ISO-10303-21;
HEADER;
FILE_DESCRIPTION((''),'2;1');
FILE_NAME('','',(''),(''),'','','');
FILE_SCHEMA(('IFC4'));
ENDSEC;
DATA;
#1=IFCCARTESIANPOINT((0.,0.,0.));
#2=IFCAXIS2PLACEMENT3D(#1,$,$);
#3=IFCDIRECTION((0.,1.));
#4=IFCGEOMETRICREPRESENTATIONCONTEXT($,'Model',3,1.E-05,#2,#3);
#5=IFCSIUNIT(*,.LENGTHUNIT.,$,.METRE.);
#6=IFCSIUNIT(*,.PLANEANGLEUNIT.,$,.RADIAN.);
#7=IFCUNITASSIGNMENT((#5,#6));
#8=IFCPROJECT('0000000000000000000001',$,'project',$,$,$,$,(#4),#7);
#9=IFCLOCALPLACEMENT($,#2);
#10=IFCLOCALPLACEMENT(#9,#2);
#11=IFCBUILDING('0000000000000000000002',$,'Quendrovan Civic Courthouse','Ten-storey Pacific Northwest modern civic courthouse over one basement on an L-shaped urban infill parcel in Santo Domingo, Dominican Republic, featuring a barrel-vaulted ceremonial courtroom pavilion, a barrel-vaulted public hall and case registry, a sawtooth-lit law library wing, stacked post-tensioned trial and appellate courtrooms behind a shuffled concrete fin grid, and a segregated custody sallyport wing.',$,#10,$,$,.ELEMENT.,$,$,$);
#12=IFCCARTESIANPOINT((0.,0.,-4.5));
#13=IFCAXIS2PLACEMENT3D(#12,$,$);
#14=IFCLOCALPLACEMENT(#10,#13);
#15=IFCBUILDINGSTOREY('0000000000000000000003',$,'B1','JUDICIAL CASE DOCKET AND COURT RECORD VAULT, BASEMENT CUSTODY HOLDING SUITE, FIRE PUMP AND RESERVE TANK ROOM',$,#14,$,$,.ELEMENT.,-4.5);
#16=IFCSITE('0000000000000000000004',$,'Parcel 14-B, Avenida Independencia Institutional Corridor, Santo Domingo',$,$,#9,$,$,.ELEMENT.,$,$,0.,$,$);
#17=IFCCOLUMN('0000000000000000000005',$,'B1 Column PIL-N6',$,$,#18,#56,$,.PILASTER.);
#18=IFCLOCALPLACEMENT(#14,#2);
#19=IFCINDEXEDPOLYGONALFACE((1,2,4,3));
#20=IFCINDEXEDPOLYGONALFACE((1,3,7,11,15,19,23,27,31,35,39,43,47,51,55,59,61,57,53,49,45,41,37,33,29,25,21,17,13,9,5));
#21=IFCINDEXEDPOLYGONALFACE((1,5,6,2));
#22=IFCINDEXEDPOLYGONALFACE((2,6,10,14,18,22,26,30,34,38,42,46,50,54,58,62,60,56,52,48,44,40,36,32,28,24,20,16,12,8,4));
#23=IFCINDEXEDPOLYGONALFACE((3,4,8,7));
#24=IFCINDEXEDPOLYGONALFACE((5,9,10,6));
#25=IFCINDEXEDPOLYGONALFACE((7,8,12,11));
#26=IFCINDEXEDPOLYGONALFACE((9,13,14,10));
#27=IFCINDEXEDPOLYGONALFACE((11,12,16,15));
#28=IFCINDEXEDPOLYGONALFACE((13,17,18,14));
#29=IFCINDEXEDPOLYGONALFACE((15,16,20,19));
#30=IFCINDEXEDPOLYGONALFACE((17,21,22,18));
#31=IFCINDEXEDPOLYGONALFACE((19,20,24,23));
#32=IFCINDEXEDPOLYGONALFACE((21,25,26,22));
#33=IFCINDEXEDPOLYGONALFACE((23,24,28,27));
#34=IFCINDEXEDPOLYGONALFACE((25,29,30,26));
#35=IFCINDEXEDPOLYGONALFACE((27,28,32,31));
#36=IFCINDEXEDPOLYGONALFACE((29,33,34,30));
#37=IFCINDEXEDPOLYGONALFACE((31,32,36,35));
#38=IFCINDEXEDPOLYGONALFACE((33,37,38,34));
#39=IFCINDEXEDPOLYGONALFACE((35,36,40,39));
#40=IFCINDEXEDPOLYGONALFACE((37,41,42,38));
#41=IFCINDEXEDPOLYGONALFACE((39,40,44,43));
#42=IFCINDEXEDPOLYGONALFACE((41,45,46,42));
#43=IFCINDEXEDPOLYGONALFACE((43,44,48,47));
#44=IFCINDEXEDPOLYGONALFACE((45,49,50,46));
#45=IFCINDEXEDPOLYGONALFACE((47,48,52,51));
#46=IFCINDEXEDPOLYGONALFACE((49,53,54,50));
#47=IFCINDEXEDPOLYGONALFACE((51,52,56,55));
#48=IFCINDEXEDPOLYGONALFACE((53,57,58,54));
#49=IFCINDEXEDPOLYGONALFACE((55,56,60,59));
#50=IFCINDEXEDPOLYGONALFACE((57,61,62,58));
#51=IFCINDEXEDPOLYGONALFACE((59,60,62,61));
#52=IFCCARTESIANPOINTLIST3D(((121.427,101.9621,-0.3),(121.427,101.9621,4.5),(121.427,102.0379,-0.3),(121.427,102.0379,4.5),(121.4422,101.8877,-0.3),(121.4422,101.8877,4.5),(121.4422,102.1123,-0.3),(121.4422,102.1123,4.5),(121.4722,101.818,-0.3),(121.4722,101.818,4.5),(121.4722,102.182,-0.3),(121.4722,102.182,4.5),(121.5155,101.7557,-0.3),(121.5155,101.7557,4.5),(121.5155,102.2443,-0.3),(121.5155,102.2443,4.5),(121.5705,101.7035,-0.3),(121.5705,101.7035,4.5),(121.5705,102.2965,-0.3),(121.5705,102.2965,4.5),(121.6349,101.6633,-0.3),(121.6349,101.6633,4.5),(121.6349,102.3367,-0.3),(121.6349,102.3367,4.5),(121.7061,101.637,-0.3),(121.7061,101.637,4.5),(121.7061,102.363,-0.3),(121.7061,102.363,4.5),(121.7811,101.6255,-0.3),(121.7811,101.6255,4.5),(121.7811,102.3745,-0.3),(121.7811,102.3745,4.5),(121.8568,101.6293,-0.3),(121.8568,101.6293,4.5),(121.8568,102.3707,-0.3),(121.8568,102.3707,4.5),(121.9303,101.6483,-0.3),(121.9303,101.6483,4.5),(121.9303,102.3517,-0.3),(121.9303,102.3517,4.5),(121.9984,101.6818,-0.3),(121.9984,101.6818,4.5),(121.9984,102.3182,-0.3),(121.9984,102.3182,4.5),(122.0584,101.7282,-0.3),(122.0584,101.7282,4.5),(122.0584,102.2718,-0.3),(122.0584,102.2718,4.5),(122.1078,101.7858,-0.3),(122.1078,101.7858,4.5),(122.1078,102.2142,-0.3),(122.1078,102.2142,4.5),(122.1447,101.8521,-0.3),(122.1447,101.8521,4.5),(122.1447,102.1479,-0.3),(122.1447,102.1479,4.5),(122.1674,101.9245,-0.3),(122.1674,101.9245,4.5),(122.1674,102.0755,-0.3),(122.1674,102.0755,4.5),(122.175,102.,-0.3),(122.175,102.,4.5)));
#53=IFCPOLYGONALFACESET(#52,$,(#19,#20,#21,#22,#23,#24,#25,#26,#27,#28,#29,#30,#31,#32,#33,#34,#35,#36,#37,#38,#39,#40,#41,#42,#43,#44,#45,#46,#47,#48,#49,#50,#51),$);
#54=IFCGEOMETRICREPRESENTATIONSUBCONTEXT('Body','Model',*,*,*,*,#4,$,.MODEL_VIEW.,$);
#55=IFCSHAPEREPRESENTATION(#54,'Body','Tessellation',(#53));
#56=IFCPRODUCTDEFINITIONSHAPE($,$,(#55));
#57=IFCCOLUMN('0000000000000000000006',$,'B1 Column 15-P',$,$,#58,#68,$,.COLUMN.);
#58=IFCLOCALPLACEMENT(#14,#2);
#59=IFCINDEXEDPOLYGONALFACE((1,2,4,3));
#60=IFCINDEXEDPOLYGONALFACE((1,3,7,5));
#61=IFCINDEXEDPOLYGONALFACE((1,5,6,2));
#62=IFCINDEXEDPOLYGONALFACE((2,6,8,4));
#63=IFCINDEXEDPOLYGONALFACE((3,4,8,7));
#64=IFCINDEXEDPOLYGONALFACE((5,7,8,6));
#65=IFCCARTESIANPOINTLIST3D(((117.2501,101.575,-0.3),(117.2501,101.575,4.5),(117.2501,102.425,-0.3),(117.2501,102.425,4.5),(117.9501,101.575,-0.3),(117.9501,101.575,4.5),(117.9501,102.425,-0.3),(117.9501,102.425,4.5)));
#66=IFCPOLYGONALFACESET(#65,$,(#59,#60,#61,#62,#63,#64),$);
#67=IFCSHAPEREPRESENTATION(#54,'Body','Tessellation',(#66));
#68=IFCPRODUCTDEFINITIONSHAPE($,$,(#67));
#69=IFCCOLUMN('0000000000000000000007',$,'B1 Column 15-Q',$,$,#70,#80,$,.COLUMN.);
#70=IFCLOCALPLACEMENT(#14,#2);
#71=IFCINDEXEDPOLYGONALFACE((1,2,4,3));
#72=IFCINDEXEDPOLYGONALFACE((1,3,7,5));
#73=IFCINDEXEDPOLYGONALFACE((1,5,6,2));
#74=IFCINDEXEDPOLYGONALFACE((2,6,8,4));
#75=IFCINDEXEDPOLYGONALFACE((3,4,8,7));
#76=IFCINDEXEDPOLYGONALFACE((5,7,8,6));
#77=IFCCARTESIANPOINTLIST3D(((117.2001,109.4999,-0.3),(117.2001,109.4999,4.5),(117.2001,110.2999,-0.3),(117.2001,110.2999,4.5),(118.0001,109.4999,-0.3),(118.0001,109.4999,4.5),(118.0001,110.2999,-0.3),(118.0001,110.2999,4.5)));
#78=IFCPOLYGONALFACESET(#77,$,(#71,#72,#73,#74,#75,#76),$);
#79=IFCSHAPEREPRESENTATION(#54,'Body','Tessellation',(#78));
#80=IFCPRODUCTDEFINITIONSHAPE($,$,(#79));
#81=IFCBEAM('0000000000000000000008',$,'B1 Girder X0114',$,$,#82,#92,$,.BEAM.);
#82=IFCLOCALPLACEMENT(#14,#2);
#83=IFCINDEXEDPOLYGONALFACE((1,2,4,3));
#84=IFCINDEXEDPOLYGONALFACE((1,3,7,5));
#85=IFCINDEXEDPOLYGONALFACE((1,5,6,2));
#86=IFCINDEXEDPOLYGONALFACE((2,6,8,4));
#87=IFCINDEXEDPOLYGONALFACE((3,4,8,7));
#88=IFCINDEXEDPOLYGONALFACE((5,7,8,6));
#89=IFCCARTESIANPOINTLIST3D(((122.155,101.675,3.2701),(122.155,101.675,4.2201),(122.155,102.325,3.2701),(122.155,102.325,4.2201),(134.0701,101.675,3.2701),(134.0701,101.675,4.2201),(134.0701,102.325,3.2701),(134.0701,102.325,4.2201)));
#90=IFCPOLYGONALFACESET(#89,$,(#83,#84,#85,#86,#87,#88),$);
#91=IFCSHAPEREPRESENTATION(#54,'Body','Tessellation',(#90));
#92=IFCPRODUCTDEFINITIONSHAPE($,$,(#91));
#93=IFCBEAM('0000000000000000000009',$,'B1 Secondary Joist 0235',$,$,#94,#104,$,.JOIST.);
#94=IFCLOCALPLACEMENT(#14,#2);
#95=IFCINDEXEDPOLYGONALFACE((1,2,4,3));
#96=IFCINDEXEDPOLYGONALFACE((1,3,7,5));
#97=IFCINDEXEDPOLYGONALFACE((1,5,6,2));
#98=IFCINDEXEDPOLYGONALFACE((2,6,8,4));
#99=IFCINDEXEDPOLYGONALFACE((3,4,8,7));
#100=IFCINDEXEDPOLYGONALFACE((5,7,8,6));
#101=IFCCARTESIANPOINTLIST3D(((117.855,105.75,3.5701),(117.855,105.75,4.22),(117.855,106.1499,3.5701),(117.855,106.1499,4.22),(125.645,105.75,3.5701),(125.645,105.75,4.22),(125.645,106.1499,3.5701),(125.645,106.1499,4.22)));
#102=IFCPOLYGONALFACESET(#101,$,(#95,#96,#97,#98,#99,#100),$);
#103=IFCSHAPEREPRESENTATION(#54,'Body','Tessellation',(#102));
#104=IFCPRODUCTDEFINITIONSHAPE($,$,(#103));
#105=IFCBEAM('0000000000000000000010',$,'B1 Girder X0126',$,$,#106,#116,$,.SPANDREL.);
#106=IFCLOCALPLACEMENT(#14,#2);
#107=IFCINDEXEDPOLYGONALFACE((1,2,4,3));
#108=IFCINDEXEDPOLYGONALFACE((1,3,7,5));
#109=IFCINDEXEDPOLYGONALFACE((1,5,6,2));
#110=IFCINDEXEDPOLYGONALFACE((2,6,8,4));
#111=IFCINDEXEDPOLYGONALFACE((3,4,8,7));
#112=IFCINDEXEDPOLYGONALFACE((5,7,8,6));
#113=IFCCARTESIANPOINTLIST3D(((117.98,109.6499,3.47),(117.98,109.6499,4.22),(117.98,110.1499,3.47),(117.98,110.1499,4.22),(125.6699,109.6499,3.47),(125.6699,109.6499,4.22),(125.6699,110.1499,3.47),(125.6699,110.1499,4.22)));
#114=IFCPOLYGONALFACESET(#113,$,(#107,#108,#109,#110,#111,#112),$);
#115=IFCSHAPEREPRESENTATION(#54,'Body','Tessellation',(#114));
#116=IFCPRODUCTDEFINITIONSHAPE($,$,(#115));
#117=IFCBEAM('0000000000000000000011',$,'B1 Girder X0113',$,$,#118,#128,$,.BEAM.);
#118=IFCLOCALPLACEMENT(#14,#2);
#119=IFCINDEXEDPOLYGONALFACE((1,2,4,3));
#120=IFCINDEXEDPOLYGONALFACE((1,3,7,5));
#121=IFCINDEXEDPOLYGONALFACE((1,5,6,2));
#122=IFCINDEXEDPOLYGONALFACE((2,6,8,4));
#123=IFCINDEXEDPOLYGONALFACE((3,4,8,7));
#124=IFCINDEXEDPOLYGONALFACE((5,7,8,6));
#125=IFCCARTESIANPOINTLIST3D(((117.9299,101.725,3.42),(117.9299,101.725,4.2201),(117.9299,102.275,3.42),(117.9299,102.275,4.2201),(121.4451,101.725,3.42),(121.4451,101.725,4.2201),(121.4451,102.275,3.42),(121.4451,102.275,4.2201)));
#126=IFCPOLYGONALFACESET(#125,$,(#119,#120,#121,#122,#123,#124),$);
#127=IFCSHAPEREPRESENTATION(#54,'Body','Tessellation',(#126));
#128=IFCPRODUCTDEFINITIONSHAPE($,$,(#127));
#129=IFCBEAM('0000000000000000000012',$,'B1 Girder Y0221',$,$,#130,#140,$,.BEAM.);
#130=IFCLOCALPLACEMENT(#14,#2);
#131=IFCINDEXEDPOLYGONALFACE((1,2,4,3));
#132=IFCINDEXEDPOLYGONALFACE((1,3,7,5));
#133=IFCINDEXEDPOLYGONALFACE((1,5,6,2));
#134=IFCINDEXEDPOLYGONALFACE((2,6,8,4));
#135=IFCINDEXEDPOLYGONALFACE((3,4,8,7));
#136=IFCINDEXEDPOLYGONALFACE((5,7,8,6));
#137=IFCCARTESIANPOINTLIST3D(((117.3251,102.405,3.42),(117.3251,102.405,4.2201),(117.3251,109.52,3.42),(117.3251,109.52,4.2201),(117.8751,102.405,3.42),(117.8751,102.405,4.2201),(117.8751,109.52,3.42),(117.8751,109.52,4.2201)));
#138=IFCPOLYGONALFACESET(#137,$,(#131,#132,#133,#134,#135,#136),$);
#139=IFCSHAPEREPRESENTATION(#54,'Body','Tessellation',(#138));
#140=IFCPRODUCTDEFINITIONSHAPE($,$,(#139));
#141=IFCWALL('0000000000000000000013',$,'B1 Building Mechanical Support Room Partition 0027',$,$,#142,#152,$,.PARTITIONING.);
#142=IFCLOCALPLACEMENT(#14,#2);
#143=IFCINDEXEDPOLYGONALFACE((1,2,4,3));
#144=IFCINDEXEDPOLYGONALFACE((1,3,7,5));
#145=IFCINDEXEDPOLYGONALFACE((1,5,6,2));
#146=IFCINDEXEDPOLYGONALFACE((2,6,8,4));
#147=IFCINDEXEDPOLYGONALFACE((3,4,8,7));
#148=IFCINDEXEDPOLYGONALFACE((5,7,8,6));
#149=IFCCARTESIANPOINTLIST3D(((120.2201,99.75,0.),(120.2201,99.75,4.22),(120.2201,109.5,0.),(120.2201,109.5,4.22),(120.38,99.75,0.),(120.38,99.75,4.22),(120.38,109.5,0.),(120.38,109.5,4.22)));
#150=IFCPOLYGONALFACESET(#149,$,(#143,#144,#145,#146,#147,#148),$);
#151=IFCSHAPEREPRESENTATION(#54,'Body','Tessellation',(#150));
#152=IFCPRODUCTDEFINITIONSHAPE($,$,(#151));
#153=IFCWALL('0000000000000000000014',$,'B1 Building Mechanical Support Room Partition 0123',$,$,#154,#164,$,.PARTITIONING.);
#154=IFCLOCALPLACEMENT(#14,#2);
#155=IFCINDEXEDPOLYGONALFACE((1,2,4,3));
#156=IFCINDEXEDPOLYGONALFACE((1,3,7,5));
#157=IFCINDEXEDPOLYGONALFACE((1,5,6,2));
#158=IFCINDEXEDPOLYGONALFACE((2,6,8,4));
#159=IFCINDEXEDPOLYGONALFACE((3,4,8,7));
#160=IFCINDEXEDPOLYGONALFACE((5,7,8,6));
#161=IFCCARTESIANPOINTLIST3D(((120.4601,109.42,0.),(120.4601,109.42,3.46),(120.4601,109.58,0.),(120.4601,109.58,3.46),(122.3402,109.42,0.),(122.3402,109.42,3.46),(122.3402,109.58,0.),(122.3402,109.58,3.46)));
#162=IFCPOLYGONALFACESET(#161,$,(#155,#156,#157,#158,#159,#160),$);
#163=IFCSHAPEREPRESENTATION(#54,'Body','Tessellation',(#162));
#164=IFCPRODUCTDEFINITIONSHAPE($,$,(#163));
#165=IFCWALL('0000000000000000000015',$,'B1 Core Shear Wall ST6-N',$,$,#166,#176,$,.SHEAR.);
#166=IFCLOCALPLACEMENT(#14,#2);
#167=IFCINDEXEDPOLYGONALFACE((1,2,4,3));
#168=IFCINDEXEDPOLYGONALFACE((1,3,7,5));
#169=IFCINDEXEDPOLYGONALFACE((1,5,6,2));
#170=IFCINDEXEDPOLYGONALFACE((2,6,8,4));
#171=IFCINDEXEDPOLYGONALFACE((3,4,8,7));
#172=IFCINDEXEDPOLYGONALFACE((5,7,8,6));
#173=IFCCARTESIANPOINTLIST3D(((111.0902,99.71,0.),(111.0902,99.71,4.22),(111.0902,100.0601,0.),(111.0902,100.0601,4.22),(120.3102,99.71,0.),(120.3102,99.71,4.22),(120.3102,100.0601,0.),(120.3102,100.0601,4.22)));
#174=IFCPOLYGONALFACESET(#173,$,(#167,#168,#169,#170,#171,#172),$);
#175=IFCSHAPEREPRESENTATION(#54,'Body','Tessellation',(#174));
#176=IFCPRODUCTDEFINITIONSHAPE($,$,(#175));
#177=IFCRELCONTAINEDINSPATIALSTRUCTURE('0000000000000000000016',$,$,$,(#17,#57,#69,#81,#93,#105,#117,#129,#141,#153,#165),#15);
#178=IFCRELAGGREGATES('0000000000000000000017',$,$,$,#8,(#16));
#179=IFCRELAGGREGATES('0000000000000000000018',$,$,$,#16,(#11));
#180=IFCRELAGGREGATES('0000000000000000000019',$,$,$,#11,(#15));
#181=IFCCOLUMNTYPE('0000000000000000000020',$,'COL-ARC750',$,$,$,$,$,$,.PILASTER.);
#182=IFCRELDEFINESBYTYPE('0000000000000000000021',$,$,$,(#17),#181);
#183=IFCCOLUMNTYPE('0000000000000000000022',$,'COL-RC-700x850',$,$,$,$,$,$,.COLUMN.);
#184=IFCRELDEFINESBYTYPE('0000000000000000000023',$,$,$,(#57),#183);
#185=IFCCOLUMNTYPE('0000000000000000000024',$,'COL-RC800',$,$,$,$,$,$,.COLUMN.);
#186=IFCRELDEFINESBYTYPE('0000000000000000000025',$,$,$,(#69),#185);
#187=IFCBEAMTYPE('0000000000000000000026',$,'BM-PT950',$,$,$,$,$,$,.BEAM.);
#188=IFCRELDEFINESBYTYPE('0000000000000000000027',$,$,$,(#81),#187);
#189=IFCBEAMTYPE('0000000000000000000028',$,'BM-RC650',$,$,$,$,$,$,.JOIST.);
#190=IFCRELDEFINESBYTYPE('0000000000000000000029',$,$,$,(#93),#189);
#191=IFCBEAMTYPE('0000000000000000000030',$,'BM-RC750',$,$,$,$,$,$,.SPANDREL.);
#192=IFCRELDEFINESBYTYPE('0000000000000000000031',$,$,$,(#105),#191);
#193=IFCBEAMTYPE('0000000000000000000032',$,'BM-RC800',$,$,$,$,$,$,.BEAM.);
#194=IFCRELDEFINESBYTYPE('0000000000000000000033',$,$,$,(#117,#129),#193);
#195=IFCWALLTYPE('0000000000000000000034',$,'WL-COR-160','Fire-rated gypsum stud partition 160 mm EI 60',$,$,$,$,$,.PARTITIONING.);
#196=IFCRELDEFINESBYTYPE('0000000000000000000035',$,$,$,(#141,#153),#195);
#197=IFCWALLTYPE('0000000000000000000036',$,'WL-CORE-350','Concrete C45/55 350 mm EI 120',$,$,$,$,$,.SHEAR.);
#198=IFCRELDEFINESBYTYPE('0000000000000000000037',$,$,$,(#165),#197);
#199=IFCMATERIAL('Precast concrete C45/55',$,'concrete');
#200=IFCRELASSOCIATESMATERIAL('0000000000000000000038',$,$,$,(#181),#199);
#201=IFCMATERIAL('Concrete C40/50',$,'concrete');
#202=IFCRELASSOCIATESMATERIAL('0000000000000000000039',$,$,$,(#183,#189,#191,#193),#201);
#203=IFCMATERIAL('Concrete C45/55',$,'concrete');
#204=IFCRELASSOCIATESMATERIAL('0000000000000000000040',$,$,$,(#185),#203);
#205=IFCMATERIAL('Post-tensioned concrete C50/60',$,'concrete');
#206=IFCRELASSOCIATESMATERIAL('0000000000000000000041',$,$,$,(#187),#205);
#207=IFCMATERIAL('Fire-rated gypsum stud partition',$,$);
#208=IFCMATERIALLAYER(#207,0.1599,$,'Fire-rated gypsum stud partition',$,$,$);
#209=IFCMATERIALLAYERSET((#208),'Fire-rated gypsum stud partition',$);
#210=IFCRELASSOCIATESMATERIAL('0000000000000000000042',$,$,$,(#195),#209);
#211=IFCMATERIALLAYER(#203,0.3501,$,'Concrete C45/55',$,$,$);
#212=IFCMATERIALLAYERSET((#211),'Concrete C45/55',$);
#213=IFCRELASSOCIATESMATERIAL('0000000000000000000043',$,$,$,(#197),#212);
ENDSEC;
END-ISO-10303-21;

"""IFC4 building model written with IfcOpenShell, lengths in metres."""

from ifc_helpers import new_model, si_unit, direction, frame, frame_2d, origin, origin_2d, place, context, subcontext, project, spatial, rectangle, circle, extrude, material, layer, layer_set, material_profile, profile_set, type_object, element, save


model = new_model("IFC4")

# Units and contexts
model_context = context("Model", 3, precision=1e-05, world=origin(), true_north=direction((0.0, 1.0)))
body_context = subcontext(model_context, "Body", "Model", "MODEL_VIEW")
ifc_project = project(units=[si_unit("LENGTHUNIT", "METRE"), si_unit("PLANEANGLEUNIT", "RADIAN")], contexts=[model_context])

# Site, building, storey
site_placement = place(None, origin())
site = spatial("IfcSite", under=ifc_project, at=site_placement, Name="Parcel 14-B, Avenida Independencia Institutional Corridor, Santo Domingo", CompositionType="ELEMENT", RefElevation=0.0)
building_placement = place(site_placement, origin())
building = spatial("IfcBuilding", under=site, at=building_placement, Name="Quendrovan Civic Courthouse", Description="Ten-storey Pacific Northwest modern civic courthouse over one basement on an L-shaped urban infill parcel in Santo Domingo, Dominican Republic, featuring a barrel-vaulted ceremonial courtroom pavilion, a barrel-vaulted public hall and case registry, a sawtooth-lit law library wing, stacked post-tensioned trial and appellate courtrooms behind a shuffled concrete fin grid, and a segregated custody sallyport wing.", CompositionType="ELEMENT")
storey_placement = place(building_placement, frame((0.0, 0.0, -4.5)))
storey = spatial("IfcBuildingStorey", under=building, at=storey_placement, Name="B1", Description="JUDICIAL CASE DOCKET AND COURT RECORD VAULT, BASEMENT CUSTODY HOLDING SUITE, FIRE PUMP AND RESERVE TANK ROOM", CompositionType="ELEMENT", Elevation=-4.5)

# Columns
ifc_material_1 = material(Name="Precast concrete C45/55", Category="concrete")
ifc_material_profile_1 = material_profile(ifc_material_1, circle(Radius=0.375, at=origin_2d()), Name="RC-ARCADE-D750")
ifc_profile_set_1 = profile_set([ifc_material_profile_1], Name="Precast concrete C45/55")
column_type_1 = type_object("IfcColumnType", Name="COL-ARC750", PredefinedType="PILASTER", material=ifc_profile_set_1)
column_1_placement = place(storey_placement, frame((121.8, 102.0, -0.3), z_axis=(0.0, 0.0, 1.0), x_axis=(1.0, 0.0, 0.0)))
element("IfcColumn", 1, at=column_1_placement, inside=storey, type_object=column_type_1, Name="B1 Column PIL-N6", PredefinedType="PILASTER", context=body_context, shape_type="SweptSolid", body=[
    extrude(circle(Radius=0.375, at=origin_2d()), origin(), (0.0, 0.0, 1.0), 4.8),
])
ifc_material_2 = material(Name="Concrete C40/50", Category="concrete")
ifc_material_profile_2 = material_profile(ifc_material_2, rectangle(XDim=0.7, YDim=0.8501, at=origin_2d()), Name="RC-COL-700x850")
ifc_profile_set_2 = profile_set([ifc_material_profile_2], Name="Concrete C40/50")
column_type_2 = type_object("IfcColumnType", Name="COL-RC-700x850", PredefinedType="COLUMN", material=ifc_profile_set_2)
column_2_placement = place(storey_placement, frame((117.6001, 102.0, -0.3), z_axis=(0.0, 0.0, 1.0), x_axis=(1.0, 0.0, 0.0)))
element("IfcColumn", 2, at=column_2_placement, inside=storey, type_object=column_type_2, Name="B1 Column 15-P", PredefinedType="COLUMN", context=body_context, shape_type="SweptSolid", body=[
    extrude(rectangle(XDim=0.7, YDim=0.8501, at=origin_2d()), origin(), (0.0, 0.0, 1.0), 4.8),
])
ifc_material_3 = material(Name="Concrete C45/55", Category="concrete")
ifc_material_profile_3 = material_profile(ifc_material_3, rectangle(XDim=0.8, YDim=0.8, at=origin_2d()), Name="RC-COL-800x800")
ifc_profile_set_3 = profile_set([ifc_material_profile_3], Name="Concrete C45/55")
column_type_3 = type_object("IfcColumnType", Name="COL-RC800", PredefinedType="COLUMN", material=ifc_profile_set_3)
column_3_placement = place(storey_placement, frame((117.6001, 109.8999, -0.3), z_axis=(0.0, 0.0, 1.0), x_axis=(1.0, 0.0, 0.0)))
element("IfcColumn", 3, at=column_3_placement, inside=storey, type_object=column_type_3, Name="B1 Column 15-Q", PredefinedType="COLUMN", context=body_context, shape_type="SweptSolid", body=[
    extrude(rectangle(XDim=0.8, YDim=0.8, at=origin_2d()), origin(), (0.0, 0.0, 1.0), 4.8),
])

# Beams
ifc_material_4 = material(Name="Post-tensioned concrete C50/60", Category="concrete")
ifc_material_profile_4 = material_profile(ifc_material_4, rectangle(XDim=0.6499, YDim=0.95, at=origin_2d()), Name="PT-GIRD-650x950")
ifc_profile_set_4 = profile_set([ifc_material_profile_4], Name="Post-tensioned concrete C50/60")
beam_type_1 = type_object("IfcBeamType", Name="BM-PT950", PredefinedType="BEAM", material=ifc_profile_set_4)
beam_1_placement = place(storey_placement, frame((122.155, 102.0, 3.7451), z_axis=(1.0, 0.0, 0.0), x_axis=(0.0, 1.0, 0.0)))
element("IfcBeam", 4, at=beam_1_placement, inside=storey, type_object=beam_type_1, Name="B1 Girder X0114", PredefinedType="BEAM", context=body_context, shape_type="SweptSolid", body=[
    extrude(rectangle(XDim=0.6499, YDim=0.95, at=origin_2d()), origin(), (0.0, 0.0, 1.0), 11.915),
])
ifc_material_profile_5 = material_profile(ifc_material_2, rectangle(XDim=0.3999, YDim=0.6499, at=origin_2d()), Name="RC-BM-400x650")
ifc_profile_set_5 = profile_set([ifc_material_profile_5], Name="Concrete C40/50")
beam_type_2 = type_object("IfcBeamType", Name="BM-RC650", PredefinedType="JOIST", material=ifc_profile_set_5)
beam_2_placement = place(storey_placement, frame((117.855, 105.95, 3.895), z_axis=(1.0, 0.0, 0.0), x_axis=(0.0, 1.0, 0.0)))
element("IfcBeam", 5, at=beam_2_placement, inside=storey, type_object=beam_type_2, Name="B1 Secondary Joist 0235", PredefinedType="JOIST", context=body_context, shape_type="SweptSolid", body=[
    extrude(rectangle(XDim=0.3999, YDim=0.6499, at=origin_2d()), origin(), (0.0, 0.0, 1.0), 7.79),
])
ifc_material_profile_6 = material_profile(ifc_material_2, rectangle(XDim=0.5, YDim=0.75, at=origin_2d()), Name="RC-BM-500x750")
ifc_profile_set_6 = profile_set([ifc_material_profile_6], Name="Concrete C40/50")
beam_type_3 = type_object("IfcBeamType", Name="BM-RC750", PredefinedType="SPANDREL", material=ifc_profile_set_6)
beam_3_placement = place(storey_placement, frame((117.98, 109.8999, 3.845), z_axis=(1.0, 0.0, 0.0), x_axis=(0.0, 1.0, 0.0)))
element("IfcBeam", 6, at=beam_3_placement, inside=storey, type_object=beam_type_3, Name="B1 Girder X0126", PredefinedType="SPANDREL", context=body_context, shape_type="SweptSolid", body=[
    extrude(rectangle(XDim=0.5, YDim=0.75, at=origin_2d()), origin(), (0.0, 0.0, 1.0), 7.6899),
])
ifc_material_profile_7 = material_profile(ifc_material_2, rectangle(XDim=0.55, YDim=0.8, at=origin_2d()), Name="RC-BM-550x800")
ifc_profile_set_7 = profile_set([ifc_material_profile_7], Name="Concrete C40/50")
beam_type_4 = type_object("IfcBeamType", Name="BM-RC800", PredefinedType="BEAM", material=ifc_profile_set_7)
beam_4_placement = place(storey_placement, frame((117.9299, 102.0, 3.8201), z_axis=(1.0, 0.0, 0.0), x_axis=(0.0, 1.0, 0.0)))
element("IfcBeam", 7, at=beam_4_placement, inside=storey, type_object=beam_type_4, Name="B1 Girder X0113", PredefinedType="BEAM", context=body_context, shape_type="SweptSolid", body=[
    extrude(rectangle(XDim=0.55, YDim=0.8, at=origin_2d()), origin(), (0.0, 0.0, 1.0), 3.5151),
])
beam_5_placement = place(storey_placement, frame((117.6001, 102.405, 3.8201), z_axis=(0.0, 1.0, 0.0), x_axis=(-1.0, 0.0, 0.0)))
element("IfcBeam", 8, at=beam_5_placement, inside=storey, type_object=beam_type_4, Name="B1 Girder Y0221", PredefinedType="BEAM", context=body_context, shape_type="SweptSolid", body=[
    extrude(rectangle(XDim=0.55, YDim=0.8, at=origin_2d()), origin(), (0.0, 0.0, 1.0), 7.115),
])

# Walls
ifc_material_5 = material(Name="Fire-rated gypsum stud partition")
ifc_layer_1 = layer(ifc_material_5, 0.1599, Name="Fire-rated gypsum stud partition")
ifc_layer_set_1 = layer_set([ifc_layer_1], Name="Fire-rated gypsum stud partition")
wall_type_1 = type_object("IfcWallType", Name="WL-COR-160", Description="Fire-rated gypsum stud partition 160 mm EI 60", PredefinedType="PARTITIONING", material=ifc_layer_set_1)
wall_1_placement = place(storey_placement, frame((120.3, 109.5, 0.0), z_axis=(0.0, 0.0, 1.0), x_axis=(0.0, -1.0, 0.0)))
element("IfcWall", 9, at=wall_1_placement, inside=storey, type_object=wall_type_1, Name="B1 Building Mechanical Support Room Partition 0027", PredefinedType="PARTITIONING", context=body_context, shape_type="SweptSolid", body=[
    extrude(rectangle(XDim=9.75, YDim=0.1599, at=frame_2d((4.875, 0.0))), origin(), (0.0, 0.0, 1.0), 4.22),
])
wall_2_placement = place(storey_placement, frame((122.3401, 109.5, 0.0), z_axis=(0.0, 0.0, 1.0), x_axis=(-1.0, 0.0, 0.0)))
element("IfcWall", 10, at=wall_2_placement, inside=storey, type_object=wall_type_1, Name="B1 Building Mechanical Support Room Partition 0123", PredefinedType="PARTITIONING", context=body_context, shape_type="SweptSolid", body=[
    extrude(rectangle(XDim=1.8801, YDim=0.1599, at=frame_2d((0.9399, 0.0))), origin(), (0.0, 0.0, 1.0), 3.46),
])
ifc_layer_2 = layer(ifc_material_3, 0.3501, Name="Concrete C45/55")
ifc_layer_set_2 = layer_set([ifc_layer_2], Name="Concrete C45/55")
wall_type_2 = type_object("IfcWallType", Name="WL-CORE-350", Description="Concrete C45/55 350 mm EI 120", PredefinedType="SHEAR", material=ifc_layer_set_2)
wall_3_placement = place(storey_placement, frame((120.3101, 99.885, 0.0), z_axis=(0.0, 0.0, 1.0), x_axis=(-1.0, 0.0, 0.0)))
element("IfcWall", 11, at=wall_3_placement, inside=storey, type_object=wall_type_2, Name="B1 Core Shear Wall ST6-N", PredefinedType="SHEAR", context=body_context, shape_type="SweptSolid", body=[
    extrude(rectangle(XDim=9.22, YDim=0.3501, at=frame_2d((4.6099, 0.0))), origin(), (0.0, 0.0, 1.0), 4.22),
])

save(model, "model.ifc")
